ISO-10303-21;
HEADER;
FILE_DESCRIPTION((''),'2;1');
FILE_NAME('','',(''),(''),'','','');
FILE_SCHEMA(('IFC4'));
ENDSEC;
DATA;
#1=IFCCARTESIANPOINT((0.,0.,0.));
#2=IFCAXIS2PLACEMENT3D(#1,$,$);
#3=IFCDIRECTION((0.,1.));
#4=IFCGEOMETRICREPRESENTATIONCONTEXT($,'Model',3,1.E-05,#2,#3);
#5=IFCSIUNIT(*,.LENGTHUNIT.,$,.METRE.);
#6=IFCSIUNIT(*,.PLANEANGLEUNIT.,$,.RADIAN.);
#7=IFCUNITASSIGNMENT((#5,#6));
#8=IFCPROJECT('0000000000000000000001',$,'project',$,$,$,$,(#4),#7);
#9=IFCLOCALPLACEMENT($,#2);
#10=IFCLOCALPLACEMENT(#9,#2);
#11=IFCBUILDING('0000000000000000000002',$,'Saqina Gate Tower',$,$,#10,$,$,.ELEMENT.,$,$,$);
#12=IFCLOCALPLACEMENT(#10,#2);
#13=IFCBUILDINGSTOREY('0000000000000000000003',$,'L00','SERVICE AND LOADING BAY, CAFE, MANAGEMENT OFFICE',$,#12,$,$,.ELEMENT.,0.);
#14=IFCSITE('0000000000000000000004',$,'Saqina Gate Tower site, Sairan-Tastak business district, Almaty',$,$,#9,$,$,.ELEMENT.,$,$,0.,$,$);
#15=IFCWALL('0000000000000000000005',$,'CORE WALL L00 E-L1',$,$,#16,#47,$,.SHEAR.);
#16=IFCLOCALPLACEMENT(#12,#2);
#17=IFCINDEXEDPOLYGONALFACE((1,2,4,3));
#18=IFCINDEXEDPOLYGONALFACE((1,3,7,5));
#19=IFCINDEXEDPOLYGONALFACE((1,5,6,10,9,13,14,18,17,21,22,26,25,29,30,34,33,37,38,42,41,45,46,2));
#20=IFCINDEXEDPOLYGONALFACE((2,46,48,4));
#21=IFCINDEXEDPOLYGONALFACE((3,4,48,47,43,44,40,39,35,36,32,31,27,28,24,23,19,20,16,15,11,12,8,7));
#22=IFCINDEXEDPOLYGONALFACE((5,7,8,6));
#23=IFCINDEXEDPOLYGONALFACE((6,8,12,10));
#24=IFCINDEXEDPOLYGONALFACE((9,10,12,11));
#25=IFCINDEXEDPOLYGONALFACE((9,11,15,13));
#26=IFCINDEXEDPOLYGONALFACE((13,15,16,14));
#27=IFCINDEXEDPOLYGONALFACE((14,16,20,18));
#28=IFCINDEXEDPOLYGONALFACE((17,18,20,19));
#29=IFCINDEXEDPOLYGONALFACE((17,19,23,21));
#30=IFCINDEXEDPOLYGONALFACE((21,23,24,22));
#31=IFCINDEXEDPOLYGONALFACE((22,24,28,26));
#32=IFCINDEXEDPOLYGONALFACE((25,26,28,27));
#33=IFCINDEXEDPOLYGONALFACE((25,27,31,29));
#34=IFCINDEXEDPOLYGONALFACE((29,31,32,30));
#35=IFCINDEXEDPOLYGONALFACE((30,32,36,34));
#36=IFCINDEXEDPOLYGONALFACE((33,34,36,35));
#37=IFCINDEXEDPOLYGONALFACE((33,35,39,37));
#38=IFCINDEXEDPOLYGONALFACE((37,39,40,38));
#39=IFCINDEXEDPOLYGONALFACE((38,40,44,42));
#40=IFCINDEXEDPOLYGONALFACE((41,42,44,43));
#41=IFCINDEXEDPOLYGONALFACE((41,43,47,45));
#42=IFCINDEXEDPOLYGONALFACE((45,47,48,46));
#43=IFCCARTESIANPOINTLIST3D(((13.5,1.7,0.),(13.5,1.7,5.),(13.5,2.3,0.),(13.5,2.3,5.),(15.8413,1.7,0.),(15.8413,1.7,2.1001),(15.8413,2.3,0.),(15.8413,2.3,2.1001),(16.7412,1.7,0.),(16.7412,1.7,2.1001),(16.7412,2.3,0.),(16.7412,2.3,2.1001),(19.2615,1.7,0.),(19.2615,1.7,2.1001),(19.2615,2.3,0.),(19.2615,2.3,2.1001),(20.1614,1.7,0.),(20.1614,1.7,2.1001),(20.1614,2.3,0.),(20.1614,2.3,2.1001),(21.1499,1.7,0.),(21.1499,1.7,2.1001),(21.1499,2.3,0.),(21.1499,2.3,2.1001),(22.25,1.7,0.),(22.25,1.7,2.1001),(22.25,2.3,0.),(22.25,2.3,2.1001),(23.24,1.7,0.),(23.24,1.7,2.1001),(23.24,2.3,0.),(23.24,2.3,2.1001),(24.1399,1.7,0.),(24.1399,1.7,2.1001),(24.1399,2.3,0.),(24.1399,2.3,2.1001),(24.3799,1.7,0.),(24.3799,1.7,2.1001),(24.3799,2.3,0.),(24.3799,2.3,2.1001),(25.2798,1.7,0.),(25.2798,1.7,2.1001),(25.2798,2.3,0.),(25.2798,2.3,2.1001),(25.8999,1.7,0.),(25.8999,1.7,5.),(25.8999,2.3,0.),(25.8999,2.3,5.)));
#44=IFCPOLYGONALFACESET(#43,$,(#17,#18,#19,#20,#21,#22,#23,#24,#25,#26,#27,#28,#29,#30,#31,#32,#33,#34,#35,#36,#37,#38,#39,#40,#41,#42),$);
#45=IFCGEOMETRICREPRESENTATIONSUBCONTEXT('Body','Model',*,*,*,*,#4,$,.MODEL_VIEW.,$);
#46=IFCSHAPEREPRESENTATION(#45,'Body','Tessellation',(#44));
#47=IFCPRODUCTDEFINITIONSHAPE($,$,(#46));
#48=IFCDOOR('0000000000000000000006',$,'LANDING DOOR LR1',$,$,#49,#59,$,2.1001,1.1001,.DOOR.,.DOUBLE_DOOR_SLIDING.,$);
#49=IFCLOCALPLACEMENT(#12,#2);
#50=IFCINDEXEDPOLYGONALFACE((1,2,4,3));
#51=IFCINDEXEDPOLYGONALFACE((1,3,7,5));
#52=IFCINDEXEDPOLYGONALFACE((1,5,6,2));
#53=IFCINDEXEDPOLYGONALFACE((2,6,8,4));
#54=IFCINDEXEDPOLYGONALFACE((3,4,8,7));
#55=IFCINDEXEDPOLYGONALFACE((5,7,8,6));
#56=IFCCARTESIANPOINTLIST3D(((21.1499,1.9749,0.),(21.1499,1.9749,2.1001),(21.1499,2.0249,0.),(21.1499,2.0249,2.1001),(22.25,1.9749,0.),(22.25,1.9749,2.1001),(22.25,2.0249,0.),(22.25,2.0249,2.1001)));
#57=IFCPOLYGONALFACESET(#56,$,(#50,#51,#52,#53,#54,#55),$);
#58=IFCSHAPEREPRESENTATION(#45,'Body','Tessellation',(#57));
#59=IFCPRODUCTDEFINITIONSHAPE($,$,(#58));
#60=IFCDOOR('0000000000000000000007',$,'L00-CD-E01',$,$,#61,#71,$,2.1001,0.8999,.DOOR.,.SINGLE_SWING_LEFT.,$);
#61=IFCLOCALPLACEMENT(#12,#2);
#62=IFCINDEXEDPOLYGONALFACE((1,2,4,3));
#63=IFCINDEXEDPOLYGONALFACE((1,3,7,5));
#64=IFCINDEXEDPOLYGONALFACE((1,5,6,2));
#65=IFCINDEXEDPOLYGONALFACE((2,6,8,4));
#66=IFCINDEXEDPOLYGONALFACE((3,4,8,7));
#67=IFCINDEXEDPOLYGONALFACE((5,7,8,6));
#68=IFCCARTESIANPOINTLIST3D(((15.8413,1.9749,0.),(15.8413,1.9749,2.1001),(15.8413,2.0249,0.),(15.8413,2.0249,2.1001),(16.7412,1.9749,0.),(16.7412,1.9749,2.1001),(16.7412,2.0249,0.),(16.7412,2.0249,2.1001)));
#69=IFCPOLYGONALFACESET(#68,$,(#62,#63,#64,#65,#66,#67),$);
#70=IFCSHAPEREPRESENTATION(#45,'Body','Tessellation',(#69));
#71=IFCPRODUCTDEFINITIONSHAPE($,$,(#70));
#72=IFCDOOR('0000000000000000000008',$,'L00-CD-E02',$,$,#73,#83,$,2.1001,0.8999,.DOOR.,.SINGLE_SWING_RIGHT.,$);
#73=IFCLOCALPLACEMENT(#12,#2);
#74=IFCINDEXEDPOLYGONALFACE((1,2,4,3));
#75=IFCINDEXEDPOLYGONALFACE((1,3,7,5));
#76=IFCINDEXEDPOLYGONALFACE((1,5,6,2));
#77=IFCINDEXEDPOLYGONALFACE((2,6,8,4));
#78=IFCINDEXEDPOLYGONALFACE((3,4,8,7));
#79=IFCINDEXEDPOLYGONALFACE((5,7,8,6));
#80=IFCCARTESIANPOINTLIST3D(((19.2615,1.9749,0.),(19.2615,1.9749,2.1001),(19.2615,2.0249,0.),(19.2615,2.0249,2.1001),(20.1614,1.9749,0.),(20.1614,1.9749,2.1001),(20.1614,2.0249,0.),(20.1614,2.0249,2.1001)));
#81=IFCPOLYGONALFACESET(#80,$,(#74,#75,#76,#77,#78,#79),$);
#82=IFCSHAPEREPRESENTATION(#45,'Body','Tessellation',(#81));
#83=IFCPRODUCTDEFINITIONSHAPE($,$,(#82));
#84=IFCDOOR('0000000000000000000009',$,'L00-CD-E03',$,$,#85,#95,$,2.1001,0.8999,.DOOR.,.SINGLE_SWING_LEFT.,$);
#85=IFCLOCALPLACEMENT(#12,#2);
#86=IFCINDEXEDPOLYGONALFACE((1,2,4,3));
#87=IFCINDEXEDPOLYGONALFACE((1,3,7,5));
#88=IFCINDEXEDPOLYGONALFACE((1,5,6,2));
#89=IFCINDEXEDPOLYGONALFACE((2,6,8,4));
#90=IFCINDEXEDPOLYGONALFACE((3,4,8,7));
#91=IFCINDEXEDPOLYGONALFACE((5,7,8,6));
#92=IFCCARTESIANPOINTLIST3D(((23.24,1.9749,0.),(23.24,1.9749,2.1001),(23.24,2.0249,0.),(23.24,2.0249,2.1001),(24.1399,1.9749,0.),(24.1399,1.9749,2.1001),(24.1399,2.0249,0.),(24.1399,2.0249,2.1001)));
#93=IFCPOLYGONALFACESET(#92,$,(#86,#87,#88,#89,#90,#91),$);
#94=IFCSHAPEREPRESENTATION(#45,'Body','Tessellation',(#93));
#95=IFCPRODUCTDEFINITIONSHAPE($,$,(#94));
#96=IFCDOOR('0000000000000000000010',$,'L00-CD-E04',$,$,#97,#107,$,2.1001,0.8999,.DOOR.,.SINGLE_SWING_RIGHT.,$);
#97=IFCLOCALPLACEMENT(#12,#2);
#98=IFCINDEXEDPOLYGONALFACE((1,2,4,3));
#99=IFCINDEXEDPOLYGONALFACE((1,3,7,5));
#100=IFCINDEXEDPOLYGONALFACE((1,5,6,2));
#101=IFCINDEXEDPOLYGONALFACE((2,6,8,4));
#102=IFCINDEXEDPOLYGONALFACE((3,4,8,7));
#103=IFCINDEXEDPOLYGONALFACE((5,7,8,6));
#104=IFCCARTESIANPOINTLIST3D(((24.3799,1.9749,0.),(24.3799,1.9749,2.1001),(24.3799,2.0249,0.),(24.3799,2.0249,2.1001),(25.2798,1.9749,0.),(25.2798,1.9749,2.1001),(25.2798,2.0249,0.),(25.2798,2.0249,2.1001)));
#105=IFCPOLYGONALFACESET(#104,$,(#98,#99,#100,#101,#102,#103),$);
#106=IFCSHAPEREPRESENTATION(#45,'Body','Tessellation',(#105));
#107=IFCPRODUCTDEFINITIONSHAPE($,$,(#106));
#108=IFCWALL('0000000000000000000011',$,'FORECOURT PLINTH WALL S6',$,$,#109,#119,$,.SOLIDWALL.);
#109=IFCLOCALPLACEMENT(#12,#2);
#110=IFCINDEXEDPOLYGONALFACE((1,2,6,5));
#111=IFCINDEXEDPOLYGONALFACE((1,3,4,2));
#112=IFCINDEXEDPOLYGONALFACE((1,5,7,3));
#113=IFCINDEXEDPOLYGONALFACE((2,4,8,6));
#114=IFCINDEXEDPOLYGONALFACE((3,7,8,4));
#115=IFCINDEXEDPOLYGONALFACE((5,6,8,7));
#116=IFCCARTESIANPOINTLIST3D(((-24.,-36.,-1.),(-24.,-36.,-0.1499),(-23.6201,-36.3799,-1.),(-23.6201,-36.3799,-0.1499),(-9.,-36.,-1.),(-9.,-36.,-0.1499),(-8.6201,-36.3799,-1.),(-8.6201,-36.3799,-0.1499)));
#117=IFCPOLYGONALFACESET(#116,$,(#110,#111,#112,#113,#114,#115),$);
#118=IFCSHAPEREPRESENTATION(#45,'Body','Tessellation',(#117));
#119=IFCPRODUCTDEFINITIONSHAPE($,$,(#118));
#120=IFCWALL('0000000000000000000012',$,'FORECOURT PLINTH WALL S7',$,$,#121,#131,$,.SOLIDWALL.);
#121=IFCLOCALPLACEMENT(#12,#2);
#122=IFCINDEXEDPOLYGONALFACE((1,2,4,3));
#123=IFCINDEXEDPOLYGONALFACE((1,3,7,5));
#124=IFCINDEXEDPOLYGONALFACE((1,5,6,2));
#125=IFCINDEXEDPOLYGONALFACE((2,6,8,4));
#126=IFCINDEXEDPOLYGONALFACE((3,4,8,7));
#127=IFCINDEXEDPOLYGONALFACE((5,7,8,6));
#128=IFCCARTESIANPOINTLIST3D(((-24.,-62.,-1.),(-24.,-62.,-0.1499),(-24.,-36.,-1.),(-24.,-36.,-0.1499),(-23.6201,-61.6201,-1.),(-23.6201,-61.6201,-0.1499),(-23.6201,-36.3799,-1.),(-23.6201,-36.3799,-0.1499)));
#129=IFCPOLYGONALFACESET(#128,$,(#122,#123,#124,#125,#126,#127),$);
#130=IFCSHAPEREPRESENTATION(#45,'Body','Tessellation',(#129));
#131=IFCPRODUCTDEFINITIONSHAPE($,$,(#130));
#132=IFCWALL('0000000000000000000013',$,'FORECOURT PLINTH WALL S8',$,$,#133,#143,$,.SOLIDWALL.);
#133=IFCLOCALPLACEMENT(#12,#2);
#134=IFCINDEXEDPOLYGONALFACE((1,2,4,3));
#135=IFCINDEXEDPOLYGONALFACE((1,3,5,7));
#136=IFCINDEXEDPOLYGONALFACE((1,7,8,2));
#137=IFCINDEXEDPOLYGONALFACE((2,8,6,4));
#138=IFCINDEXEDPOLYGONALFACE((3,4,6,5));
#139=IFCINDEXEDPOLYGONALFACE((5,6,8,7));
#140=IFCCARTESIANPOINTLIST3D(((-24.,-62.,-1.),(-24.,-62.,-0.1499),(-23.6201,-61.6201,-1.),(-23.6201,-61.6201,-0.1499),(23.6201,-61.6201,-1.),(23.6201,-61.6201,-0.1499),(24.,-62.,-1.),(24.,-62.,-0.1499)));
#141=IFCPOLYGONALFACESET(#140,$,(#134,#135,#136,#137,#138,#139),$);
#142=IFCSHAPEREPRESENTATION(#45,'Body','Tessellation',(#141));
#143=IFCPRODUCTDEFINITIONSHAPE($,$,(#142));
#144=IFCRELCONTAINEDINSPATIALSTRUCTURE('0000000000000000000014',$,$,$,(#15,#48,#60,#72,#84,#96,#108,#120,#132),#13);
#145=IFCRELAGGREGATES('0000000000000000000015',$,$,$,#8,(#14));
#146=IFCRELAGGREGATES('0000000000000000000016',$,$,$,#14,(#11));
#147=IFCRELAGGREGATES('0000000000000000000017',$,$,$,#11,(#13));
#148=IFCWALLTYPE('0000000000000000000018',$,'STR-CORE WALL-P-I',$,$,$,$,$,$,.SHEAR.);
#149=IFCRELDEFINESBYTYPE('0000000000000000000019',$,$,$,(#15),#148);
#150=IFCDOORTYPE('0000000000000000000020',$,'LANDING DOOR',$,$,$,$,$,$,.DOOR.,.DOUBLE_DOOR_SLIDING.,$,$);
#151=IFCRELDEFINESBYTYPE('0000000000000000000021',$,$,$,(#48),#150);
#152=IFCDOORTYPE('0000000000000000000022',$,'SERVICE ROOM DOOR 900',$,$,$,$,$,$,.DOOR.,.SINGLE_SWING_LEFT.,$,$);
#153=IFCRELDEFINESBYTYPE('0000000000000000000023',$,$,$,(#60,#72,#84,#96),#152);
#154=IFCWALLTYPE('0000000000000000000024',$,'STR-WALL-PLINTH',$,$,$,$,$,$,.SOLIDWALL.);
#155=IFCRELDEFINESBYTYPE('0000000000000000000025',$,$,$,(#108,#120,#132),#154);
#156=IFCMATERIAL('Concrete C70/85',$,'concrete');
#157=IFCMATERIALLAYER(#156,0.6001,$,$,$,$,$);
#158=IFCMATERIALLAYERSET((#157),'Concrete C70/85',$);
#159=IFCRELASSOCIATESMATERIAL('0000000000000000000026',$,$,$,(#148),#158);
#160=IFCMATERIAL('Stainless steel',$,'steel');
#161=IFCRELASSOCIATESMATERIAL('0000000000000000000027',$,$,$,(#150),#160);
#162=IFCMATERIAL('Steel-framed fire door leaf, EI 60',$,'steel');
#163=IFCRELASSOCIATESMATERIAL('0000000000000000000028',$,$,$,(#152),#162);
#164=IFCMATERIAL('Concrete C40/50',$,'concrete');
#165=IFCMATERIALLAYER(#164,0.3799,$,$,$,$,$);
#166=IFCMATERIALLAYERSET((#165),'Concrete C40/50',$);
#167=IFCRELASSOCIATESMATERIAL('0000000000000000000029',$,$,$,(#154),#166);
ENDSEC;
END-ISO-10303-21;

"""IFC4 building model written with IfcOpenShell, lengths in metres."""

from ifc_helpers import new_model, si_unit, direction, frame, frame_2d, origin, place, context, subcontext, project, spatial, polyline, rectangle, outline, extrude, material, layer, layer_set, type_object, element, fill, save


model = new_model("IFC4")

# Units and contexts
model_context = context("Model", 3, precision=1e-05, world=origin(), true_north=direction((0.0, 1.0)))
body_context = subcontext(model_context, "Body", "Model", "MODEL_VIEW")
ifc_project = project(units=[si_unit("LENGTHUNIT", "METRE"), si_unit("PLANEANGLEUNIT", "RADIAN")], contexts=[model_context])

# Site, building, storey
site_placement = place(None, origin())
site = spatial("IfcSite", under=ifc_project, at=site_placement, Name="Saqina Gate Tower site, Sairan-Tastak business district, Almaty", CompositionType="ELEMENT", RefElevation=0.0)
building_placement = place(site_placement, origin())
building = spatial("IfcBuilding", under=site, at=building_placement, Name="Saqina Gate Tower", CompositionType="ELEMENT")
storey_placement = place(building_placement, origin())
storey = spatial("IfcBuildingStorey", under=building, at=storey_placement, Name="L00", Description="SERVICE AND LOADING BAY, CAFE, MANAGEMENT OFFICE", CompositionType="ELEMENT", Elevation=0.0)

# Wall, openings, doors
ifc_material_1 = material(Name="Concrete C70/85", Category="concrete")
ifc_layer_1 = layer(ifc_material_1, 0.6001)
ifc_layer_set_1 = layer_set([ifc_layer_1], Name="Concrete C70/85")
wall_type_1 = type_object("IfcWallType", Name="STR-CORE WALL-P-I", PredefinedType="SHEAR", material=ifc_layer_set_1)
wall_1_placement = place(storey_placement, frame((13.5, 2.0, 0.0), z_axis=(0.0, 0.0, 1.0), x_axis=(1.0, 0.0, 0.0)))
wall_1 = element("IfcWall", 1, at=wall_1_placement, inside=storey, type_object=wall_type_1, Name="CORE WALL L00 E-L1", PredefinedType="SHEAR", context=body_context, shape_type="SweptSolid", body=[
    extrude(rectangle(XDim=12.3999, YDim=0.6001, at=frame_2d((6.2, 0.0))), origin(), (0.0, 0.0, 1.0), 5.0),
])
opening_1_placement = place(wall_1_placement, frame((7.6499, 0.0, 0.0)))
opening_1 = element("IfcOpeningElement", 2, at=opening_1_placement, cuts=wall_1, PredefinedType="OPENING", context=body_context, shape_type="SweptSolid", body=[
    extrude(rectangle(XDim=1.1001, YDim=2.1001, at=frame_2d((0.55, 1.05))), frame((0.0, 0.312, 0.0), z_axis=(0.0, -1.0, 0.0), x_axis=(1.0, 0.0, 0.0)), (0.0, 0.0, 1.0), 0.624),
])
opening_2_placement = place(wall_1_placement, frame((2.3413, 0.0, 0.0)))
opening_2 = element("IfcOpeningElement", 3, at=opening_2_placement, cuts=wall_1, PredefinedType="OPENING", context=body_context, shape_type="SweptSolid", body=[
    extrude(rectangle(XDim=0.8999, YDim=2.1001, at=frame_2d((0.45, 1.05))), frame((0.0, 0.312, 0.0), z_axis=(0.0, -1.0, 0.0), x_axis=(1.0, 0.0, 0.0)), (0.0, 0.0, 1.0), 0.624),
])
opening_3_placement = place(wall_1_placement, frame((5.7615, 0.0, 0.0)))
opening_3 = element("IfcOpeningElement", 4, at=opening_3_placement, cuts=wall_1, PredefinedType="OPENING", context=body_context, shape_type="SweptSolid", body=[
    extrude(rectangle(XDim=0.8999, YDim=2.1001, at=frame_2d((0.45, 1.05))), frame((0.0, 0.312, 0.0), z_axis=(0.0, -1.0, 0.0), x_axis=(1.0, 0.0, 0.0)), (0.0, 0.0, 1.0), 0.624),
])
opening_4_placement = place(wall_1_placement, frame((9.74, 0.0, 0.0)))
opening_4 = element("IfcOpeningElement", 5, at=opening_4_placement, cuts=wall_1, PredefinedType="OPENING", context=body_context, shape_type="SweptSolid", body=[
    extrude(rectangle(XDim=0.8999, YDim=2.1001, at=frame_2d((0.45, 1.05))), frame((0.0, 0.312, 0.0), z_axis=(0.0, -1.0, 0.0), x_axis=(1.0, 0.0, 0.0)), (0.0, 0.0, 1.0), 0.624),
])
opening_5_placement = place(wall_1_placement, frame((10.8799, 0.0, 0.0)))
opening_5 = element("IfcOpeningElement", 6, at=opening_5_placement, cuts=wall_1, PredefinedType="OPENING", context=body_context, shape_type="SweptSolid", body=[
    extrude(rectangle(XDim=0.8999, YDim=2.1001, at=frame_2d((0.45, 1.05))), frame((0.0, 0.312, 0.0), z_axis=(0.0, -1.0, 0.0), x_axis=(1.0, 0.0, 0.0)), (0.0, 0.0, 1.0), 0.624),
])
ifc_material_2 = material(Name="Stainless steel", Category="steel")
door_type_1 = type_object("IfcDoorType", Name="LANDING DOOR", OperationType="DOUBLE_DOOR_SLIDING", PredefinedType="DOOR", material=ifc_material_2)
door_1_placement = place(opening_1_placement, origin())
door_1 = element("IfcDoor", 7, at=door_1_placement, inside=storey, type_object=door_type_1, Name="LANDING DOOR LR1", OperationType="DOUBLE_DOOR_SLIDING", OverallHeight=2.1001, OverallWidth=1.1001, PredefinedType="DOOR", context=body_context, shape_type="SweptSolid", body=[
    extrude(rectangle(XDim=1.1001, YDim=2.1001, at=frame_2d((0.55, 1.05))), frame((0.0, 0.0249, 0.0), z_axis=(0.0, -1.0, 0.0), x_axis=(1.0, 0.0, 0.0)), (0.0, 0.0, 1.0), 0.05),
])
fill(opening_1, door_1)
ifc_material_3 = material(Name="Steel-framed fire door leaf, EI 60", Category="steel")
door_type_2 = type_object("IfcDoorType", Name="SERVICE ROOM DOOR 900", OperationType="SINGLE_SWING_LEFT", PredefinedType="DOOR", material=ifc_material_3)
door_2_placement = place(opening_2_placement, origin())
door_2 = element("IfcDoor", 8, at=door_2_placement, inside=storey, type_object=door_type_2, Name="L00-CD-E01", OperationType="SINGLE_SWING_LEFT", OverallHeight=2.1001, OverallWidth=0.8999, PredefinedType="DOOR", context=body_context, shape_type="SweptSolid", body=[
    extrude(rectangle(XDim=0.8999, YDim=2.1001, at=frame_2d((0.45, 1.05))), frame((0.0, 0.0249, 0.0), z_axis=(0.0, -1.0, 0.0), x_axis=(1.0, 0.0, 0.0)), (0.0, 0.0, 1.0), 0.05),
])
fill(opening_2, door_2)
door_3_placement = place(opening_3_placement, origin())
door_3 = element("IfcDoor", 9, at=door_3_placement, inside=storey, type_object=door_type_2, Name="L00-CD-E02", OperationType="SINGLE_SWING_RIGHT", OverallHeight=2.1001, OverallWidth=0.8999, PredefinedType="DOOR", context=body_context, shape_type="SweptSolid", body=[
    extrude(rectangle(XDim=0.8999, YDim=2.1001, at=frame_2d((0.45, 1.05))), frame((0.0, 0.0249, 0.0), z_axis=(0.0, -1.0, 0.0), x_axis=(1.0, 0.0, 0.0)), (0.0, 0.0, 1.0), 0.05),
])
fill(opening_3, door_3)
door_4_placement = place(opening_4_placement, origin())
door_4 = element("IfcDoor", 10, at=door_4_placement, inside=storey, type_object=door_type_2, Name="L00-CD-E03", OperationType="SINGLE_SWING_LEFT", OverallHeight=2.1001, OverallWidth=0.8999, PredefinedType="DOOR", context=body_context, shape_type="SweptSolid", body=[
    extrude(rectangle(XDim=0.8999, YDim=2.1001, at=frame_2d((0.45, 1.05))), frame((0.0, 0.0249, 0.0), z_axis=(0.0, -1.0, 0.0), x_axis=(1.0, 0.0, 0.0)), (0.0, 0.0, 1.0), 0.05),
])
fill(opening_4, door_4)
door_5_placement = place(opening_5_placement, origin())
door_5 = element("IfcDoor", 11, at=door_5_placement, inside=storey, type_object=door_type_2, Name="L00-CD-E04", OperationType="SINGLE_SWING_RIGHT", OverallHeight=2.1001, OverallWidth=0.8999, PredefinedType="DOOR", context=body_context, shape_type="SweptSolid", body=[
    extrude(rectangle(XDim=0.8999, YDim=2.1001, at=frame_2d((0.45, 1.05))), frame((0.0, 0.0249, 0.0), z_axis=(0.0, -1.0, 0.0), x_axis=(1.0, 0.0, 0.0)), (0.0, 0.0, 1.0), 0.05),
])
fill(opening_5, door_5)

# Walls
ifc_material_4 = material(Name="Concrete C40/50", Category="concrete")
ifc_layer_2 = layer(ifc_material_4, 0.3799)
ifc_layer_set_2 = layer_set([ifc_layer_2], Name="Concrete C40/50")
wall_type_2 = type_object("IfcWallType", Name="STR-WALL-PLINTH", PredefinedType="SOLIDWALL", material=ifc_layer_set_2)
wall_2_placement = place(storey_placement, frame((0.0, 0.0, -1.0)))
element("IfcWall", 12, at=wall_2_placement, inside=storey, type_object=wall_type_2, Name="FORECOURT PLINTH WALL S6", PredefinedType="SOLIDWALL", context=body_context, shape_type="SweptSolid", body=[
    extrude(outline(polyline([(-9.0, -36.0), (-24.0, -36.0), (-23.6201, -36.3799), (-8.6201, -36.3799), (-9.0, -36.0)])), origin(), (0.0, 0.0, 1.0), 0.8501),
])
wall_3_placement = place(storey_placement, frame((0.0, 0.0, -1.0)))
element("IfcWall", 13, at=wall_3_placement, inside=storey, type_object=wall_type_2, Name="FORECOURT PLINTH WALL S7", PredefinedType="SOLIDWALL", context=body_context, shape_type="SweptSolid", body=[
    extrude(outline(polyline([(-24.0, -36.0), (-24.0, -62.0), (-23.6201, -61.6201), (-23.6201, -36.3799), (-24.0, -36.0)])), origin(), (0.0, 0.0, 1.0), 0.8501),
])
wall_4_placement = place(storey_placement, frame((0.0, 0.0, -1.0)))
element("IfcWall", 14, at=wall_4_placement, inside=storey, type_object=wall_type_2, Name="FORECOURT PLINTH WALL S8", PredefinedType="SOLIDWALL", context=body_context, shape_type="SweptSolid", body=[
    extrude(outline(polyline([(-24.0, -62.0), (24.0, -62.0), (23.6201, -61.6201), (-23.6201, -61.6201), (-24.0, -62.0)])), origin(), (0.0, 0.0, 1.0), 0.8501),
])

save(model, "model.ifc")
